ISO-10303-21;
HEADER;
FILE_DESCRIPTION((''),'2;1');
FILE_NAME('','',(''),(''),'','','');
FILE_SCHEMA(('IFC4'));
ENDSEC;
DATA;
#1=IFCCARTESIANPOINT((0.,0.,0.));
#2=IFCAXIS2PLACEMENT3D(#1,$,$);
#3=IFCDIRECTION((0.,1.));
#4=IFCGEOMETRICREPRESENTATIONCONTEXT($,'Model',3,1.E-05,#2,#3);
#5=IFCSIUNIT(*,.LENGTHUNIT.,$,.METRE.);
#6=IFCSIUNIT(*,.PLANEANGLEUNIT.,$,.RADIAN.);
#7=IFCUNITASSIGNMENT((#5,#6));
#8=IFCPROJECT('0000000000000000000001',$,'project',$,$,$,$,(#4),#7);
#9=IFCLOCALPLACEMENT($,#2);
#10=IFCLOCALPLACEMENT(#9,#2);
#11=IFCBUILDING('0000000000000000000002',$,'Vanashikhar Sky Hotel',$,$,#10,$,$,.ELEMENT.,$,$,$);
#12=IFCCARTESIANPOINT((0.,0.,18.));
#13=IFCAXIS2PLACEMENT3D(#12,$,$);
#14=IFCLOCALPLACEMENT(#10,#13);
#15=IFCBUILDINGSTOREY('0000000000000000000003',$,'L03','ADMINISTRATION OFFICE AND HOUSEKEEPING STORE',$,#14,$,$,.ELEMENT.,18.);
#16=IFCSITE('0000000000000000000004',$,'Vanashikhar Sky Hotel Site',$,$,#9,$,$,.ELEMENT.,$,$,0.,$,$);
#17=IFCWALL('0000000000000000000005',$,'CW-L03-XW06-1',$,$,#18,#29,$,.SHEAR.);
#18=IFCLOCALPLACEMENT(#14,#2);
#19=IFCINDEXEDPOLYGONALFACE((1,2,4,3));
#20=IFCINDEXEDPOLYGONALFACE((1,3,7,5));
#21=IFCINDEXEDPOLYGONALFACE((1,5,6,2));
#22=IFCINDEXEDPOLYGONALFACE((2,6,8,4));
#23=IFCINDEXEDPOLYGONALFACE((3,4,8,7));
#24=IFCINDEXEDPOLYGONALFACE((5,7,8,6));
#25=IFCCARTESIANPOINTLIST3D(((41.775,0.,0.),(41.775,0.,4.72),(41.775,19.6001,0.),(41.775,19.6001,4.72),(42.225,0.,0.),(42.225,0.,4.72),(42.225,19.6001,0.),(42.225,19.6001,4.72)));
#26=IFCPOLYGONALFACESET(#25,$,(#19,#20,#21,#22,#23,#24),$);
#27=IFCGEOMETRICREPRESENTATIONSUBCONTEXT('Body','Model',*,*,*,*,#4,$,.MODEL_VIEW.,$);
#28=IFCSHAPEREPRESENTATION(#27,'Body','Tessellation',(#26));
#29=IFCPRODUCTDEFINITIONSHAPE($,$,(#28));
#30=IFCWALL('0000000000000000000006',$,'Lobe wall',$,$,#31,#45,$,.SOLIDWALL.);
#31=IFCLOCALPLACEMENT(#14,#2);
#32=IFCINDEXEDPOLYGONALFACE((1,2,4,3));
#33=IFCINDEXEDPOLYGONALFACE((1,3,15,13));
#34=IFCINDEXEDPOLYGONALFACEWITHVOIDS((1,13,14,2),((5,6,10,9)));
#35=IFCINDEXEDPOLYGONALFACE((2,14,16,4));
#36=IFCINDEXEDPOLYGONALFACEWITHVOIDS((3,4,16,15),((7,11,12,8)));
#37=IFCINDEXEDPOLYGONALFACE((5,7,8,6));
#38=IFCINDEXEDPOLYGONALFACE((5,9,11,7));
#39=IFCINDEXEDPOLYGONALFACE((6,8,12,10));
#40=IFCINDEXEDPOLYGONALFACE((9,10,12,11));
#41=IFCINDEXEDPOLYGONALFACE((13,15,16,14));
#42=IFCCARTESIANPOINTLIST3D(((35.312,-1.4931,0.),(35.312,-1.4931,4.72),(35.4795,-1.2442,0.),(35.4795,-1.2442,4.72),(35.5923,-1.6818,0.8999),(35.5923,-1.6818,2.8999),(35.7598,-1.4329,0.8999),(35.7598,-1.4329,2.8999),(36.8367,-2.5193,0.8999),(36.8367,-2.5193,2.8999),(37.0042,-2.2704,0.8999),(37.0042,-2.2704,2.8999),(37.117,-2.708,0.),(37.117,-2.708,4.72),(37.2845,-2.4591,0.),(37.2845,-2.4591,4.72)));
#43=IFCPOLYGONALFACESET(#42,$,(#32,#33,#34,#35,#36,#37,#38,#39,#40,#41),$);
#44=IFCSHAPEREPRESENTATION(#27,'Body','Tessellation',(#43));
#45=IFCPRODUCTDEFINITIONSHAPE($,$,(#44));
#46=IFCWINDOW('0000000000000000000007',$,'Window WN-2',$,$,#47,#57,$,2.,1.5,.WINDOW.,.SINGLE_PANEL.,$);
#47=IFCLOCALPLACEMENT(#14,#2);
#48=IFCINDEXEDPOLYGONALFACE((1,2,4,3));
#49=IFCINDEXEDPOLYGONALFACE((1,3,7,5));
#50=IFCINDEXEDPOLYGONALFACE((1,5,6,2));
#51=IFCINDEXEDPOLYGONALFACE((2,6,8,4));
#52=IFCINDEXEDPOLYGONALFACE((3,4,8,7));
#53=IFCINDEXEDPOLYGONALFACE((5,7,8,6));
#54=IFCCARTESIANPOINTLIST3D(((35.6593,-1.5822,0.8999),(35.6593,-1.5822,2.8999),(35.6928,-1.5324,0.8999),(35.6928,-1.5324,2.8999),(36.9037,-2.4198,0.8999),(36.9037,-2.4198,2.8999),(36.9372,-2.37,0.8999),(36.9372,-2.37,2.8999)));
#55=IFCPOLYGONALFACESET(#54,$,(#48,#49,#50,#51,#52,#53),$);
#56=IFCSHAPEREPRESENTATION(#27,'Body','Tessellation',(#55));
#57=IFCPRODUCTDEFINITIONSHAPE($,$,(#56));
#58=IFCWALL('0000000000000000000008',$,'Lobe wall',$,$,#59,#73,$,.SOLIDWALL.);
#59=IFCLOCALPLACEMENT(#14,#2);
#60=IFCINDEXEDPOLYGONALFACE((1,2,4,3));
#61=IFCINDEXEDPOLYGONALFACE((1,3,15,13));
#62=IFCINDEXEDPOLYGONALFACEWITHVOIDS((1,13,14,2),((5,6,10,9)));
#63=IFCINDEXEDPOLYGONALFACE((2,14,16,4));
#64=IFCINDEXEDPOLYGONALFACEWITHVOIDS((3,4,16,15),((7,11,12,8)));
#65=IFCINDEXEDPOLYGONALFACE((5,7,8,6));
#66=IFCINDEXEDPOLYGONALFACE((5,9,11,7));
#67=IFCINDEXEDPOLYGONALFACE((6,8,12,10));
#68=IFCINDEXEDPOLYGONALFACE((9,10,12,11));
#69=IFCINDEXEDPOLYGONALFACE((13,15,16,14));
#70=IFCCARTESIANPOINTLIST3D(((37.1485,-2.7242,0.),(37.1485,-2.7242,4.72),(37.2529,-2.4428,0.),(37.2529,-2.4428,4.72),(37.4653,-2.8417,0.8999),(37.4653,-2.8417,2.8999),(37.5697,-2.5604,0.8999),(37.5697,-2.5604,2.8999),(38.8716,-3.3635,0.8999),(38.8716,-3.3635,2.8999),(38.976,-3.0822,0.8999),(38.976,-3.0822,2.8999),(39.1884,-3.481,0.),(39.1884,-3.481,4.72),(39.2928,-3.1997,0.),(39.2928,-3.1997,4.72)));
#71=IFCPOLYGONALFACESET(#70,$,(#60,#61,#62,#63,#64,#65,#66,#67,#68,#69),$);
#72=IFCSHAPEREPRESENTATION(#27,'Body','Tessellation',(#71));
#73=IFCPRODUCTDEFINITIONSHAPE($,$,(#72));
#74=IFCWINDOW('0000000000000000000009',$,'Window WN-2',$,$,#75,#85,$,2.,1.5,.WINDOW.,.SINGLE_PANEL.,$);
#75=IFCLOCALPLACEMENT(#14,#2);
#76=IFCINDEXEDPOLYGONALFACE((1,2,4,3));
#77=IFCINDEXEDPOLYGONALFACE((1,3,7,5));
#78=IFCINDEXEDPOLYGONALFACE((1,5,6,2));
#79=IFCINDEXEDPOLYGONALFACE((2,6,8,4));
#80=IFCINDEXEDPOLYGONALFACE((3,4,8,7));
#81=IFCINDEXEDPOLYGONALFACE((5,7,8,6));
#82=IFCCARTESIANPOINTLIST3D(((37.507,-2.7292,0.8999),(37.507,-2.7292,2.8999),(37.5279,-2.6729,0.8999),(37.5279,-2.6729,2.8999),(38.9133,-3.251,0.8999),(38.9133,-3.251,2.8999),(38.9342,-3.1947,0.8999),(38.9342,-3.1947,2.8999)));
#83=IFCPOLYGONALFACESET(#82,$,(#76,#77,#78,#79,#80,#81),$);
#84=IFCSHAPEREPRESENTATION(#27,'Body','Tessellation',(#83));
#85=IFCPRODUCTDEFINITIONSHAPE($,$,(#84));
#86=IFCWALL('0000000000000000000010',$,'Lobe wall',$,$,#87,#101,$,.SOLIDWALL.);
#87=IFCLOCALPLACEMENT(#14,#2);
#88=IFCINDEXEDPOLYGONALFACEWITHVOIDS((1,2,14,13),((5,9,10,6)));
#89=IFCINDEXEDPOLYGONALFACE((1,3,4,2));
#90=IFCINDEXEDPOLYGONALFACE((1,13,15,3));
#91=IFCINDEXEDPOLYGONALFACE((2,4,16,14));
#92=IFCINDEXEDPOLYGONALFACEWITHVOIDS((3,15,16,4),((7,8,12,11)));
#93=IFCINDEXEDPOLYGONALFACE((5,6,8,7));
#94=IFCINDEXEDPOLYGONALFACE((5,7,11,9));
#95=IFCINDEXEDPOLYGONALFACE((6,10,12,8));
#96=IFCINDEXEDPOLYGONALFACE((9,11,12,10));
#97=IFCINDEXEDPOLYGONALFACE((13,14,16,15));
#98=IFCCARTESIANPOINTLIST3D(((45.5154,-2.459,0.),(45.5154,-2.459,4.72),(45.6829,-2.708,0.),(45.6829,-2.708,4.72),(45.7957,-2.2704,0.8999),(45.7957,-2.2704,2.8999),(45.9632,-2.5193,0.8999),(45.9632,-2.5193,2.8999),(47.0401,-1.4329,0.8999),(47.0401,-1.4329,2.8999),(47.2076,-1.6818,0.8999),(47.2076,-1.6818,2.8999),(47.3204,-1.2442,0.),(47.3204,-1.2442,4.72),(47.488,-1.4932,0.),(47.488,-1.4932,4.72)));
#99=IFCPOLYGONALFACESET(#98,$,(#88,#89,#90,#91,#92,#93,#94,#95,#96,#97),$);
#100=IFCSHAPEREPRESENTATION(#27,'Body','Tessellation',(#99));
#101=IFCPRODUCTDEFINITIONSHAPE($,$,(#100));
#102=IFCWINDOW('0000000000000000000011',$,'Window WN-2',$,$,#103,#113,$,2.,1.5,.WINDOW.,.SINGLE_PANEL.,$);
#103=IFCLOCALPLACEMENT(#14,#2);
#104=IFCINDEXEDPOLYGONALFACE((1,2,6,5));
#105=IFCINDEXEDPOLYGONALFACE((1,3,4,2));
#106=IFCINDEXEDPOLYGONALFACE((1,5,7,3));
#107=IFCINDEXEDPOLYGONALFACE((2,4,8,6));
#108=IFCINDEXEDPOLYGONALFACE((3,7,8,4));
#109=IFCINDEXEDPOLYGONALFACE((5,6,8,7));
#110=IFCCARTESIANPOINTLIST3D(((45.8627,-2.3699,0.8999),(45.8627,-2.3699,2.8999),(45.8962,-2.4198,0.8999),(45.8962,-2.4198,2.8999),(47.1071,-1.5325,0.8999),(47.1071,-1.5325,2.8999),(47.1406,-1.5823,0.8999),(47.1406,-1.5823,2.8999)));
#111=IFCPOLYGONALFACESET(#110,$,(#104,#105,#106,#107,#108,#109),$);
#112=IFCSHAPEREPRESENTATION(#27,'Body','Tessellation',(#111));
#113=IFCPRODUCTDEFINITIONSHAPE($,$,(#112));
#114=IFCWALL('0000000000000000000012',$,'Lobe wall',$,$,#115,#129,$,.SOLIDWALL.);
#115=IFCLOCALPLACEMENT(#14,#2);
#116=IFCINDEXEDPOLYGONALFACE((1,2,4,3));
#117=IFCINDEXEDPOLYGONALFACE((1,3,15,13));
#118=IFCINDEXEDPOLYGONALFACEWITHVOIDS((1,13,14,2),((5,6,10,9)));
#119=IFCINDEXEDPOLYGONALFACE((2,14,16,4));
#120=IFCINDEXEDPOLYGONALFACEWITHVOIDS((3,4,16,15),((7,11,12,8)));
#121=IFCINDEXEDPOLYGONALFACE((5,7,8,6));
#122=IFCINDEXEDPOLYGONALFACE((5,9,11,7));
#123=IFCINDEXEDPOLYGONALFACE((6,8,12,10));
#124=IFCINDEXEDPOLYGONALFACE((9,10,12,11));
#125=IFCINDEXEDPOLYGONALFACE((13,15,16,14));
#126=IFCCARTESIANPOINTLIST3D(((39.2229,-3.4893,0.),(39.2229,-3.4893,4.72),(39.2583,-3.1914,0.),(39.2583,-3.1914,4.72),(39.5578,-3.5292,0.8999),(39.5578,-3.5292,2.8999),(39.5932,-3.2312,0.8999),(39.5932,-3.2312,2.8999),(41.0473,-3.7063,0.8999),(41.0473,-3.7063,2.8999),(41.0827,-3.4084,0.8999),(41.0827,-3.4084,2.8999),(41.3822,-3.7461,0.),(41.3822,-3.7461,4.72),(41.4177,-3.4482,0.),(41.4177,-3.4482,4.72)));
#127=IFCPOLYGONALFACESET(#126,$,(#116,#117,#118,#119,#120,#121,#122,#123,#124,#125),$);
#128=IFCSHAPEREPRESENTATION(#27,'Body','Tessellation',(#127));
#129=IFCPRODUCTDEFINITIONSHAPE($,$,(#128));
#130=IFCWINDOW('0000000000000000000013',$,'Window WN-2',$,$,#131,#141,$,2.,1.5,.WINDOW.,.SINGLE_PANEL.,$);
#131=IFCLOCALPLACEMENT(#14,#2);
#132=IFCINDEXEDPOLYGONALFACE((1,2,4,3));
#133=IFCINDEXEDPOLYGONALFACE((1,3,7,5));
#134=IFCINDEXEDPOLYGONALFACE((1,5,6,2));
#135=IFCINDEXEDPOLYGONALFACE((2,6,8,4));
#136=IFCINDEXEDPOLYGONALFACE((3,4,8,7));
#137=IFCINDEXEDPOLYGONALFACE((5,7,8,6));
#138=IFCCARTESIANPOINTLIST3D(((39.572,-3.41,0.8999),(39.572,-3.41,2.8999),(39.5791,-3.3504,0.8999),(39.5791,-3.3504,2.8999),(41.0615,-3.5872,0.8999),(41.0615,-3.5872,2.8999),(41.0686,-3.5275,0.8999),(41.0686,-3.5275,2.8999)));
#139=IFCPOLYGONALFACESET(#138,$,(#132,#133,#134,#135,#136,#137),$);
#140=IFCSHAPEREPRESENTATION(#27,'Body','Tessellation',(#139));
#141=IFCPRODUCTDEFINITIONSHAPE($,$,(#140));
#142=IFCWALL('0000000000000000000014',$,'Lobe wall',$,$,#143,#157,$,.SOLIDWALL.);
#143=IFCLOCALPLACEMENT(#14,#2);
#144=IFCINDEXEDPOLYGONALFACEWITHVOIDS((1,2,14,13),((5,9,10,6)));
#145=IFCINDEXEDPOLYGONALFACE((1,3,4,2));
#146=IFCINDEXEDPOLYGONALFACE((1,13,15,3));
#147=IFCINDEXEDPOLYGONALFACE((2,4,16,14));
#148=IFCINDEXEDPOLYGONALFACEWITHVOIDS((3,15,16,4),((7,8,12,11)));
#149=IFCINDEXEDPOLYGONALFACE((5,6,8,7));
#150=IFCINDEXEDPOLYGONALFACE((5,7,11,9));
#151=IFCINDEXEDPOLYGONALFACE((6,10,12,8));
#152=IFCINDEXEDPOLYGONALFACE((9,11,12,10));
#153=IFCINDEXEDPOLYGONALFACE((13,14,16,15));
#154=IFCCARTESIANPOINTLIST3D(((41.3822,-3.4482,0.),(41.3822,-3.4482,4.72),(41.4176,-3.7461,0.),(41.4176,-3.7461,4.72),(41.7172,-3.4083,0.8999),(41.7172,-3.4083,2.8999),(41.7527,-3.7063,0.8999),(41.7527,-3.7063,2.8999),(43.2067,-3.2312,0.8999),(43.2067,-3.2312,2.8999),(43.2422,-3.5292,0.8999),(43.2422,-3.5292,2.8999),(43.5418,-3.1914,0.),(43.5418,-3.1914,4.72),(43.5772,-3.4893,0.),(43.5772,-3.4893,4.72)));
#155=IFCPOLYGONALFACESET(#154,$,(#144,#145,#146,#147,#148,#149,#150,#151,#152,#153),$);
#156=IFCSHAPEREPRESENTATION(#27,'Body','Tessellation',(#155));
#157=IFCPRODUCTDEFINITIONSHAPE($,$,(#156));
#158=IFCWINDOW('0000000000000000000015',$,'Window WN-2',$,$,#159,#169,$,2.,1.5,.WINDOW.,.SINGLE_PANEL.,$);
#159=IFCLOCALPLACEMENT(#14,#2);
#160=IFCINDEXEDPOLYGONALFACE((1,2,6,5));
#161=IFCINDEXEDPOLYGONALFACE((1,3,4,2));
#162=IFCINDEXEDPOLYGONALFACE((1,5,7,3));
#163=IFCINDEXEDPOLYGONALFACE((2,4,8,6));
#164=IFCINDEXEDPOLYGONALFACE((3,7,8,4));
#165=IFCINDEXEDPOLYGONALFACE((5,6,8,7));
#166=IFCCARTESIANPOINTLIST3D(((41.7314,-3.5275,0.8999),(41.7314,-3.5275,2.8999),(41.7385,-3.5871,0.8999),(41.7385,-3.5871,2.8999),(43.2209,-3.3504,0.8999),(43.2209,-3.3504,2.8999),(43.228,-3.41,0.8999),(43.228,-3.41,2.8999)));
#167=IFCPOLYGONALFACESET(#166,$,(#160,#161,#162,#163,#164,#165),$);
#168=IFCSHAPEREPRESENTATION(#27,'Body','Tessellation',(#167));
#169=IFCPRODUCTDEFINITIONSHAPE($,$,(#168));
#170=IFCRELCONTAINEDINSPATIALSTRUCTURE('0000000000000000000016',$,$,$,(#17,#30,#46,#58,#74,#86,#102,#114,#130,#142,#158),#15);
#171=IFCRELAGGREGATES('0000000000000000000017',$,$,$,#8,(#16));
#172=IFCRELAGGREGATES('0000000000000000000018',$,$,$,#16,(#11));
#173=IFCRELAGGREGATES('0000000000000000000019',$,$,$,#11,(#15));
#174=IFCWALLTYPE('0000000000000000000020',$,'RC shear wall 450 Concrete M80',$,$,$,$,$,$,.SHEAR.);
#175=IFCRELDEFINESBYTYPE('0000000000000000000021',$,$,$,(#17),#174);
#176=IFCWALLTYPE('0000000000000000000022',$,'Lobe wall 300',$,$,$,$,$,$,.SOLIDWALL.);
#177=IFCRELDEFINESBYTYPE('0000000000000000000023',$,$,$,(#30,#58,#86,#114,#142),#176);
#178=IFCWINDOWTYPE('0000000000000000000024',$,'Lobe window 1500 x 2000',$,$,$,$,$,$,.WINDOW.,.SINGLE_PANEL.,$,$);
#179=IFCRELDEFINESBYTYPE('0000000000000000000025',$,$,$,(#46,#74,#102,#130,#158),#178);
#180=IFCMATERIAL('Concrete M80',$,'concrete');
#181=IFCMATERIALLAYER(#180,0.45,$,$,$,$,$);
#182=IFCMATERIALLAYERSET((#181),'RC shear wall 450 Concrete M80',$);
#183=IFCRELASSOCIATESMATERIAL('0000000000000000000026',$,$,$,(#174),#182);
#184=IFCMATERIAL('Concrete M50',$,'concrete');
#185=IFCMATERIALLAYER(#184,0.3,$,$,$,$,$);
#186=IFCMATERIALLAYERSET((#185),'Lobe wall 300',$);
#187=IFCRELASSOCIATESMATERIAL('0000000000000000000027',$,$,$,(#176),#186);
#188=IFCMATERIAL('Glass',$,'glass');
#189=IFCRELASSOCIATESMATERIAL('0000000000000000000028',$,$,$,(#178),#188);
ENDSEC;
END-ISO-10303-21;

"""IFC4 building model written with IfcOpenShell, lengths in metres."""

from ifc_helpers import new_model, si_unit, direction, frame, frame_2d, origin, place, context, subcontext, project, spatial, rectangle, extrude, source, transform, mapped, material, layer, layer_set, type_object, element, fill, save


model = new_model("IFC4")

# Units and contexts
model_context = context("Model", 3, precision=1e-05, world=origin(), true_north=direction((0.0, 1.0)))
body_context = subcontext(model_context, "Body", "Model", "MODEL_VIEW")
ifc_project = project(units=[si_unit("LENGTHUNIT", "METRE"), si_unit("PLANEANGLEUNIT", "RADIAN")], contexts=[model_context])

# Site, building, storey
site_placement = place(None, origin())
site = spatial("IfcSite", under=ifc_project, at=site_placement, Name="Vanashikhar Sky Hotel Site", CompositionType="ELEMENT", RefElevation=0.0)
building_placement = place(site_placement, origin())
building = spatial("IfcBuilding", under=site, at=building_placement, Name="Vanashikhar Sky Hotel", CompositionType="ELEMENT")
storey_placement = place(building_placement, frame((0.0, 0.0, 18.0)))
storey = spatial("IfcBuildingStorey", under=building, at=storey_placement, Name="L03", Description="ADMINISTRATION OFFICE AND HOUSEKEEPING STORE", CompositionType="ELEMENT", Elevation=18.0)

# Wall
ifc_material_1 = material(Name="Concrete M80", Category="concrete")
ifc_layer_1 = layer(ifc_material_1, 0.45)
ifc_layer_set_1 = layer_set([ifc_layer_1], Name="RC shear wall 450 Concrete M80")
wall_type_1 = type_object("IfcWallType", Name="RC shear wall 450 Concrete M80", PredefinedType="SHEAR", material=ifc_layer_set_1)
shared_shape_1 = source(origin(), body_context, "Body", "SweptSolid", [
    extrude(rectangle(XDim=19.6001, YDim=0.45, at=frame_2d((9.8, 0.0))), origin(), (0.0, 0.0, 1.0), 4.72),
])
wall_1_placement = place(storey_placement, frame((42.0, 0.0, 0.0), z_axis=(0.0, 0.0, 1.0), x_axis=(0.0, 1.0, 0.0)))
element("IfcWall", 1, at=wall_1_placement, inside=storey, type_object=wall_type_1, Name="CW-L03-XW06-1", PredefinedType="SHEAR", context=body_context, shape_type="MappedRepresentation", body=[
    mapped(shared_shape_1, transform((0.0, 0.0, 0.0), scale=1.0)),
])

# Walls, openings, windows
ifc_material_2 = material(Name="Concrete M50", Category="concrete")
ifc_layer_2 = layer(ifc_material_2, 0.3)
ifc_layer_set_2 = layer_set([ifc_layer_2], Name="Lobe wall 300")
wall_type_2 = type_object("IfcWallType", Name="Lobe wall 300", PredefinedType="SOLIDWALL", material=ifc_layer_set_2)
shared_shape_2 = source(origin(), body_context, "Body", "SweptSolid", [
    extrude(rectangle(XDim=2.1758, YDim=0.3, at=frame_2d((1.0879, 0.0))), origin(), (0.0, 0.0, 1.0), 4.72),
])
wall_2_placement = place(storey_placement, frame((35.3958, -1.3687, 0.0), z_axis=(0.0, 0.0, 1.0), x_axis=(0.829591, -0.558372, 0.0)))
wall_2 = element("IfcWall", 2, at=wall_2_placement, inside=storey, type_object=wall_type_2, Name="Lobe wall", PredefinedType="SOLIDWALL", context=body_context, shape_type="MappedRepresentation", body=[
    mapped(shared_shape_2, transform((0.0, 0.0, 0.0), scale=1.0)),
])
shared_shape_3 = source(origin(), body_context, "Body", "SweptSolid", [
    extrude(rectangle(XDim=1.5, YDim=2.0, at=frame_2d((0.75, 1.0))), frame((0.0, 0.1602, 0.0), z_axis=(0.0, -1.0, 0.0), x_axis=(1.0, 0.0, 0.0)), (0.0, 0.0, 1.0), 0.3201),
])
opening_1_placement = place(wall_2_placement, frame((0.3379, 0.0, 0.8999)))
opening_1 = element("IfcOpeningElement", 3, at=opening_1_placement, cuts=wall_2, PredefinedType="OPENING", context=body_context, shape_type="MappedRepresentation", body=[
    mapped(shared_shape_3, transform((0.0, 0.0, 0.0), scale=1.0)),
])
ifc_material_3 = material(Name="Glass", Category="glass")
window_type = type_object("IfcWindowType", Name="Lobe window 1500 x 2000", PartitioningType="SINGLE_PANEL", PredefinedType="WINDOW", material=ifc_material_3)
shared_shape_4 = source(origin(), body_context, "Body", "SweptSolid", [
    extrude(rectangle(XDim=1.5, YDim=2.0, at=frame_2d((0.75, 1.0))), frame((0.0, 0.03, 0.0), z_axis=(0.0, -1.0, 0.0), x_axis=(1.0, 0.0, 0.0)), (0.0, 0.0, 1.0), 0.0601),
])
window_1_placement = place(opening_1_placement, origin())
window_1 = element("IfcWindow", 4, at=window_1_placement, inside=storey, type_object=window_type, Name="Window WN-2", OverallHeight=2.0, OverallWidth=1.5, PartitioningType="SINGLE_PANEL", PredefinedType="WINDOW", context=body_context, shape_type="MappedRepresentation", body=[
    mapped(shared_shape_4, transform((0.0, 0.0, 0.0), scale=1.0)),
])
fill(opening_1, window_1)
wall_3_placement = place(storey_placement, frame((37.2007, -2.5835, 0.0), z_axis=(0.0, 0.0, 1.0), x_axis=(0.937546, -0.347863, 0.0)))
wall_3 = element("IfcWall", 5, at=wall_3_placement, inside=storey, type_object=wall_type_2, Name="Lobe wall", PredefinedType="SOLIDWALL", context=body_context, shape_type="MappedRepresentation", body=[
    mapped(shared_shape_2, transform((0.0, 0.0, 0.0), scale=1.0)),
])
opening_2_placement = place(wall_3_placement, frame((0.3379, 0.0, 0.8999)))
opening_2 = element("IfcOpeningElement", 6, at=opening_2_placement, cuts=wall_3, PredefinedType="OPENING", context=body_context, shape_type="MappedRepresentation", body=[
    mapped(shared_shape_3, transform((0.0, 0.0, 0.0), scale=1.0)),
])
window_2_placement = place(opening_2_placement, origin())
window_2 = element("IfcWindow", 7, at=window_2_placement, inside=storey, type_object=window_type, Name="Window WN-2", OverallHeight=2.0, OverallWidth=1.5, PartitioningType="SINGLE_PANEL", PredefinedType="WINDOW", context=body_context, shape_type="MappedRepresentation", body=[
    mapped(shared_shape_4, transform((0.0, 0.0, 0.0), scale=1.0)),
])
fill(opening_2, window_2)
wall_4_placement = place(storey_placement, frame((45.5991, -2.5835, 0.0), z_axis=(0.0, 0.0, 1.0), x_axis=(0.829626, 0.55832, 0.0)))
wall_4 = element("IfcWall", 8, at=wall_4_placement, inside=storey, type_object=wall_type_2, Name="Lobe wall", PredefinedType="SOLIDWALL", context=body_context, shape_type="MappedRepresentation", body=[
    mapped(shared_shape_2, transform((0.0, 0.0, 0.0), scale=1.0)),
])
opening_3_placement = place(wall_4_placement, frame((0.3379, 0.0, 0.8999)))
opening_3 = element("IfcOpeningElement", 9, at=opening_3_placement, cuts=wall_4, PredefinedType="OPENING", context=body_context, shape_type="MappedRepresentation", body=[
    mapped(shared_shape_3, transform((0.0, 0.0, 0.0), scale=1.0)),
])
window_3_placement = place(opening_3_placement, origin())
window_3 = element("IfcWindow", 10, at=window_3_placement, inside=storey, type_object=window_type, Name="Window WN-2", OverallHeight=2.0, OverallWidth=1.5, PartitioningType="SINGLE_PANEL", PredefinedType="WINDOW", context=body_context, shape_type="MappedRepresentation", body=[
    mapped(shared_shape_4, transform((0.0, 0.0, 0.0), scale=1.0)),
])
fill(opening_3, window_3)
shared_shape_5 = source(origin(), body_context, "Body", "SweptSolid", [
    extrude(rectangle(XDim=2.1746, YDim=0.3, at=frame_2d((1.0874, 0.0))), origin(), (0.0, 0.0, 1.0), 4.72),
])
wall_5_placement = place(storey_placement, frame((39.2405, -3.3403, 0.0), z_axis=(0.0, 0.0, 1.0), x_axis=(0.993001, -0.118105, 0.0)))
wall_5 = element("IfcWall", 11, at=wall_5_placement, inside=storey, type_object=wall_type_2, Name="Lobe wall", PredefinedType="SOLIDWALL", context=body_context, shape_type="MappedRepresentation", body=[
    mapped(shared_shape_5, transform((0.0, 0.0, 0.0), scale=1.0)),
])
opening_4_placement = place(wall_5_placement, frame((0.3374, 0.0, 0.8999)))
opening_4 = element("IfcOpeningElement", 12, at=opening_4_placement, cuts=wall_5, PredefinedType="OPENING", context=body_context, shape_type="MappedRepresentation", body=[
    mapped(shared_shape_3, transform((0.0, 0.0, 0.0), scale=1.0)),
])
window_4_placement = place(opening_4_placement, origin())
window_4 = element("IfcWindow", 13, at=window_4_placement, inside=storey, type_object=window_type, Name="Window WN-2", OverallHeight=2.0, OverallWidth=1.5, PartitioningType="SINGLE_PANEL", PredefinedType="WINDOW", context=body_context, shape_type="MappedRepresentation", body=[
    mapped(shared_shape_4, transform((0.0, 0.0, 0.0), scale=1.0)),
])
fill(opening_4, window_4)
shared_shape_6 = source(origin(), body_context, "Body", "SweptSolid", [
    extrude(rectangle(XDim=2.1748, YDim=0.3, at=frame_2d((1.0874, 0.0))), origin(), (0.0, 0.0, 1.0), 4.72),
])
wall_6_placement = place(storey_placement, frame((41.3999, -3.5972, 0.0), z_axis=(0.0, 0.0, 1.0), x_axis=(0.993003, 0.118092, 0.0)))
wall_6 = element("IfcWall", 14, at=wall_6_placement, inside=storey, type_object=wall_type_2, Name="Lobe wall", PredefinedType="SOLIDWALL", context=body_context, shape_type="MappedRepresentation", body=[
    mapped(shared_shape_6, transform((0.0, 0.0, 0.0), scale=1.0)),
])
opening_5_placement = place(wall_6_placement, frame((0.3374, 0.0, 0.8999)))
opening_5 = element("IfcOpeningElement", 15, at=opening_5_placement, cuts=wall_6, PredefinedType="OPENING", context=body_context, shape_type="MappedRepresentation", body=[
    mapped(shared_shape_3, transform((0.0, 0.0, 0.0), scale=1.0)),
])
window_5_placement = place(opening_5_placement, origin())
window_5 = element("IfcWindow", 16, at=window_5_placement, inside=storey, type_object=window_type, Name="Window WN-2", OverallHeight=2.0, OverallWidth=1.5, PartitioningType="SINGLE_PANEL", PredefinedType="WINDOW", context=body_context, shape_type="MappedRepresentation", body=[
    mapped(shared_shape_4, transform((0.0, 0.0, 0.0), scale=1.0)),
])
fill(opening_5, window_5)

save(model, "model.ifc")
